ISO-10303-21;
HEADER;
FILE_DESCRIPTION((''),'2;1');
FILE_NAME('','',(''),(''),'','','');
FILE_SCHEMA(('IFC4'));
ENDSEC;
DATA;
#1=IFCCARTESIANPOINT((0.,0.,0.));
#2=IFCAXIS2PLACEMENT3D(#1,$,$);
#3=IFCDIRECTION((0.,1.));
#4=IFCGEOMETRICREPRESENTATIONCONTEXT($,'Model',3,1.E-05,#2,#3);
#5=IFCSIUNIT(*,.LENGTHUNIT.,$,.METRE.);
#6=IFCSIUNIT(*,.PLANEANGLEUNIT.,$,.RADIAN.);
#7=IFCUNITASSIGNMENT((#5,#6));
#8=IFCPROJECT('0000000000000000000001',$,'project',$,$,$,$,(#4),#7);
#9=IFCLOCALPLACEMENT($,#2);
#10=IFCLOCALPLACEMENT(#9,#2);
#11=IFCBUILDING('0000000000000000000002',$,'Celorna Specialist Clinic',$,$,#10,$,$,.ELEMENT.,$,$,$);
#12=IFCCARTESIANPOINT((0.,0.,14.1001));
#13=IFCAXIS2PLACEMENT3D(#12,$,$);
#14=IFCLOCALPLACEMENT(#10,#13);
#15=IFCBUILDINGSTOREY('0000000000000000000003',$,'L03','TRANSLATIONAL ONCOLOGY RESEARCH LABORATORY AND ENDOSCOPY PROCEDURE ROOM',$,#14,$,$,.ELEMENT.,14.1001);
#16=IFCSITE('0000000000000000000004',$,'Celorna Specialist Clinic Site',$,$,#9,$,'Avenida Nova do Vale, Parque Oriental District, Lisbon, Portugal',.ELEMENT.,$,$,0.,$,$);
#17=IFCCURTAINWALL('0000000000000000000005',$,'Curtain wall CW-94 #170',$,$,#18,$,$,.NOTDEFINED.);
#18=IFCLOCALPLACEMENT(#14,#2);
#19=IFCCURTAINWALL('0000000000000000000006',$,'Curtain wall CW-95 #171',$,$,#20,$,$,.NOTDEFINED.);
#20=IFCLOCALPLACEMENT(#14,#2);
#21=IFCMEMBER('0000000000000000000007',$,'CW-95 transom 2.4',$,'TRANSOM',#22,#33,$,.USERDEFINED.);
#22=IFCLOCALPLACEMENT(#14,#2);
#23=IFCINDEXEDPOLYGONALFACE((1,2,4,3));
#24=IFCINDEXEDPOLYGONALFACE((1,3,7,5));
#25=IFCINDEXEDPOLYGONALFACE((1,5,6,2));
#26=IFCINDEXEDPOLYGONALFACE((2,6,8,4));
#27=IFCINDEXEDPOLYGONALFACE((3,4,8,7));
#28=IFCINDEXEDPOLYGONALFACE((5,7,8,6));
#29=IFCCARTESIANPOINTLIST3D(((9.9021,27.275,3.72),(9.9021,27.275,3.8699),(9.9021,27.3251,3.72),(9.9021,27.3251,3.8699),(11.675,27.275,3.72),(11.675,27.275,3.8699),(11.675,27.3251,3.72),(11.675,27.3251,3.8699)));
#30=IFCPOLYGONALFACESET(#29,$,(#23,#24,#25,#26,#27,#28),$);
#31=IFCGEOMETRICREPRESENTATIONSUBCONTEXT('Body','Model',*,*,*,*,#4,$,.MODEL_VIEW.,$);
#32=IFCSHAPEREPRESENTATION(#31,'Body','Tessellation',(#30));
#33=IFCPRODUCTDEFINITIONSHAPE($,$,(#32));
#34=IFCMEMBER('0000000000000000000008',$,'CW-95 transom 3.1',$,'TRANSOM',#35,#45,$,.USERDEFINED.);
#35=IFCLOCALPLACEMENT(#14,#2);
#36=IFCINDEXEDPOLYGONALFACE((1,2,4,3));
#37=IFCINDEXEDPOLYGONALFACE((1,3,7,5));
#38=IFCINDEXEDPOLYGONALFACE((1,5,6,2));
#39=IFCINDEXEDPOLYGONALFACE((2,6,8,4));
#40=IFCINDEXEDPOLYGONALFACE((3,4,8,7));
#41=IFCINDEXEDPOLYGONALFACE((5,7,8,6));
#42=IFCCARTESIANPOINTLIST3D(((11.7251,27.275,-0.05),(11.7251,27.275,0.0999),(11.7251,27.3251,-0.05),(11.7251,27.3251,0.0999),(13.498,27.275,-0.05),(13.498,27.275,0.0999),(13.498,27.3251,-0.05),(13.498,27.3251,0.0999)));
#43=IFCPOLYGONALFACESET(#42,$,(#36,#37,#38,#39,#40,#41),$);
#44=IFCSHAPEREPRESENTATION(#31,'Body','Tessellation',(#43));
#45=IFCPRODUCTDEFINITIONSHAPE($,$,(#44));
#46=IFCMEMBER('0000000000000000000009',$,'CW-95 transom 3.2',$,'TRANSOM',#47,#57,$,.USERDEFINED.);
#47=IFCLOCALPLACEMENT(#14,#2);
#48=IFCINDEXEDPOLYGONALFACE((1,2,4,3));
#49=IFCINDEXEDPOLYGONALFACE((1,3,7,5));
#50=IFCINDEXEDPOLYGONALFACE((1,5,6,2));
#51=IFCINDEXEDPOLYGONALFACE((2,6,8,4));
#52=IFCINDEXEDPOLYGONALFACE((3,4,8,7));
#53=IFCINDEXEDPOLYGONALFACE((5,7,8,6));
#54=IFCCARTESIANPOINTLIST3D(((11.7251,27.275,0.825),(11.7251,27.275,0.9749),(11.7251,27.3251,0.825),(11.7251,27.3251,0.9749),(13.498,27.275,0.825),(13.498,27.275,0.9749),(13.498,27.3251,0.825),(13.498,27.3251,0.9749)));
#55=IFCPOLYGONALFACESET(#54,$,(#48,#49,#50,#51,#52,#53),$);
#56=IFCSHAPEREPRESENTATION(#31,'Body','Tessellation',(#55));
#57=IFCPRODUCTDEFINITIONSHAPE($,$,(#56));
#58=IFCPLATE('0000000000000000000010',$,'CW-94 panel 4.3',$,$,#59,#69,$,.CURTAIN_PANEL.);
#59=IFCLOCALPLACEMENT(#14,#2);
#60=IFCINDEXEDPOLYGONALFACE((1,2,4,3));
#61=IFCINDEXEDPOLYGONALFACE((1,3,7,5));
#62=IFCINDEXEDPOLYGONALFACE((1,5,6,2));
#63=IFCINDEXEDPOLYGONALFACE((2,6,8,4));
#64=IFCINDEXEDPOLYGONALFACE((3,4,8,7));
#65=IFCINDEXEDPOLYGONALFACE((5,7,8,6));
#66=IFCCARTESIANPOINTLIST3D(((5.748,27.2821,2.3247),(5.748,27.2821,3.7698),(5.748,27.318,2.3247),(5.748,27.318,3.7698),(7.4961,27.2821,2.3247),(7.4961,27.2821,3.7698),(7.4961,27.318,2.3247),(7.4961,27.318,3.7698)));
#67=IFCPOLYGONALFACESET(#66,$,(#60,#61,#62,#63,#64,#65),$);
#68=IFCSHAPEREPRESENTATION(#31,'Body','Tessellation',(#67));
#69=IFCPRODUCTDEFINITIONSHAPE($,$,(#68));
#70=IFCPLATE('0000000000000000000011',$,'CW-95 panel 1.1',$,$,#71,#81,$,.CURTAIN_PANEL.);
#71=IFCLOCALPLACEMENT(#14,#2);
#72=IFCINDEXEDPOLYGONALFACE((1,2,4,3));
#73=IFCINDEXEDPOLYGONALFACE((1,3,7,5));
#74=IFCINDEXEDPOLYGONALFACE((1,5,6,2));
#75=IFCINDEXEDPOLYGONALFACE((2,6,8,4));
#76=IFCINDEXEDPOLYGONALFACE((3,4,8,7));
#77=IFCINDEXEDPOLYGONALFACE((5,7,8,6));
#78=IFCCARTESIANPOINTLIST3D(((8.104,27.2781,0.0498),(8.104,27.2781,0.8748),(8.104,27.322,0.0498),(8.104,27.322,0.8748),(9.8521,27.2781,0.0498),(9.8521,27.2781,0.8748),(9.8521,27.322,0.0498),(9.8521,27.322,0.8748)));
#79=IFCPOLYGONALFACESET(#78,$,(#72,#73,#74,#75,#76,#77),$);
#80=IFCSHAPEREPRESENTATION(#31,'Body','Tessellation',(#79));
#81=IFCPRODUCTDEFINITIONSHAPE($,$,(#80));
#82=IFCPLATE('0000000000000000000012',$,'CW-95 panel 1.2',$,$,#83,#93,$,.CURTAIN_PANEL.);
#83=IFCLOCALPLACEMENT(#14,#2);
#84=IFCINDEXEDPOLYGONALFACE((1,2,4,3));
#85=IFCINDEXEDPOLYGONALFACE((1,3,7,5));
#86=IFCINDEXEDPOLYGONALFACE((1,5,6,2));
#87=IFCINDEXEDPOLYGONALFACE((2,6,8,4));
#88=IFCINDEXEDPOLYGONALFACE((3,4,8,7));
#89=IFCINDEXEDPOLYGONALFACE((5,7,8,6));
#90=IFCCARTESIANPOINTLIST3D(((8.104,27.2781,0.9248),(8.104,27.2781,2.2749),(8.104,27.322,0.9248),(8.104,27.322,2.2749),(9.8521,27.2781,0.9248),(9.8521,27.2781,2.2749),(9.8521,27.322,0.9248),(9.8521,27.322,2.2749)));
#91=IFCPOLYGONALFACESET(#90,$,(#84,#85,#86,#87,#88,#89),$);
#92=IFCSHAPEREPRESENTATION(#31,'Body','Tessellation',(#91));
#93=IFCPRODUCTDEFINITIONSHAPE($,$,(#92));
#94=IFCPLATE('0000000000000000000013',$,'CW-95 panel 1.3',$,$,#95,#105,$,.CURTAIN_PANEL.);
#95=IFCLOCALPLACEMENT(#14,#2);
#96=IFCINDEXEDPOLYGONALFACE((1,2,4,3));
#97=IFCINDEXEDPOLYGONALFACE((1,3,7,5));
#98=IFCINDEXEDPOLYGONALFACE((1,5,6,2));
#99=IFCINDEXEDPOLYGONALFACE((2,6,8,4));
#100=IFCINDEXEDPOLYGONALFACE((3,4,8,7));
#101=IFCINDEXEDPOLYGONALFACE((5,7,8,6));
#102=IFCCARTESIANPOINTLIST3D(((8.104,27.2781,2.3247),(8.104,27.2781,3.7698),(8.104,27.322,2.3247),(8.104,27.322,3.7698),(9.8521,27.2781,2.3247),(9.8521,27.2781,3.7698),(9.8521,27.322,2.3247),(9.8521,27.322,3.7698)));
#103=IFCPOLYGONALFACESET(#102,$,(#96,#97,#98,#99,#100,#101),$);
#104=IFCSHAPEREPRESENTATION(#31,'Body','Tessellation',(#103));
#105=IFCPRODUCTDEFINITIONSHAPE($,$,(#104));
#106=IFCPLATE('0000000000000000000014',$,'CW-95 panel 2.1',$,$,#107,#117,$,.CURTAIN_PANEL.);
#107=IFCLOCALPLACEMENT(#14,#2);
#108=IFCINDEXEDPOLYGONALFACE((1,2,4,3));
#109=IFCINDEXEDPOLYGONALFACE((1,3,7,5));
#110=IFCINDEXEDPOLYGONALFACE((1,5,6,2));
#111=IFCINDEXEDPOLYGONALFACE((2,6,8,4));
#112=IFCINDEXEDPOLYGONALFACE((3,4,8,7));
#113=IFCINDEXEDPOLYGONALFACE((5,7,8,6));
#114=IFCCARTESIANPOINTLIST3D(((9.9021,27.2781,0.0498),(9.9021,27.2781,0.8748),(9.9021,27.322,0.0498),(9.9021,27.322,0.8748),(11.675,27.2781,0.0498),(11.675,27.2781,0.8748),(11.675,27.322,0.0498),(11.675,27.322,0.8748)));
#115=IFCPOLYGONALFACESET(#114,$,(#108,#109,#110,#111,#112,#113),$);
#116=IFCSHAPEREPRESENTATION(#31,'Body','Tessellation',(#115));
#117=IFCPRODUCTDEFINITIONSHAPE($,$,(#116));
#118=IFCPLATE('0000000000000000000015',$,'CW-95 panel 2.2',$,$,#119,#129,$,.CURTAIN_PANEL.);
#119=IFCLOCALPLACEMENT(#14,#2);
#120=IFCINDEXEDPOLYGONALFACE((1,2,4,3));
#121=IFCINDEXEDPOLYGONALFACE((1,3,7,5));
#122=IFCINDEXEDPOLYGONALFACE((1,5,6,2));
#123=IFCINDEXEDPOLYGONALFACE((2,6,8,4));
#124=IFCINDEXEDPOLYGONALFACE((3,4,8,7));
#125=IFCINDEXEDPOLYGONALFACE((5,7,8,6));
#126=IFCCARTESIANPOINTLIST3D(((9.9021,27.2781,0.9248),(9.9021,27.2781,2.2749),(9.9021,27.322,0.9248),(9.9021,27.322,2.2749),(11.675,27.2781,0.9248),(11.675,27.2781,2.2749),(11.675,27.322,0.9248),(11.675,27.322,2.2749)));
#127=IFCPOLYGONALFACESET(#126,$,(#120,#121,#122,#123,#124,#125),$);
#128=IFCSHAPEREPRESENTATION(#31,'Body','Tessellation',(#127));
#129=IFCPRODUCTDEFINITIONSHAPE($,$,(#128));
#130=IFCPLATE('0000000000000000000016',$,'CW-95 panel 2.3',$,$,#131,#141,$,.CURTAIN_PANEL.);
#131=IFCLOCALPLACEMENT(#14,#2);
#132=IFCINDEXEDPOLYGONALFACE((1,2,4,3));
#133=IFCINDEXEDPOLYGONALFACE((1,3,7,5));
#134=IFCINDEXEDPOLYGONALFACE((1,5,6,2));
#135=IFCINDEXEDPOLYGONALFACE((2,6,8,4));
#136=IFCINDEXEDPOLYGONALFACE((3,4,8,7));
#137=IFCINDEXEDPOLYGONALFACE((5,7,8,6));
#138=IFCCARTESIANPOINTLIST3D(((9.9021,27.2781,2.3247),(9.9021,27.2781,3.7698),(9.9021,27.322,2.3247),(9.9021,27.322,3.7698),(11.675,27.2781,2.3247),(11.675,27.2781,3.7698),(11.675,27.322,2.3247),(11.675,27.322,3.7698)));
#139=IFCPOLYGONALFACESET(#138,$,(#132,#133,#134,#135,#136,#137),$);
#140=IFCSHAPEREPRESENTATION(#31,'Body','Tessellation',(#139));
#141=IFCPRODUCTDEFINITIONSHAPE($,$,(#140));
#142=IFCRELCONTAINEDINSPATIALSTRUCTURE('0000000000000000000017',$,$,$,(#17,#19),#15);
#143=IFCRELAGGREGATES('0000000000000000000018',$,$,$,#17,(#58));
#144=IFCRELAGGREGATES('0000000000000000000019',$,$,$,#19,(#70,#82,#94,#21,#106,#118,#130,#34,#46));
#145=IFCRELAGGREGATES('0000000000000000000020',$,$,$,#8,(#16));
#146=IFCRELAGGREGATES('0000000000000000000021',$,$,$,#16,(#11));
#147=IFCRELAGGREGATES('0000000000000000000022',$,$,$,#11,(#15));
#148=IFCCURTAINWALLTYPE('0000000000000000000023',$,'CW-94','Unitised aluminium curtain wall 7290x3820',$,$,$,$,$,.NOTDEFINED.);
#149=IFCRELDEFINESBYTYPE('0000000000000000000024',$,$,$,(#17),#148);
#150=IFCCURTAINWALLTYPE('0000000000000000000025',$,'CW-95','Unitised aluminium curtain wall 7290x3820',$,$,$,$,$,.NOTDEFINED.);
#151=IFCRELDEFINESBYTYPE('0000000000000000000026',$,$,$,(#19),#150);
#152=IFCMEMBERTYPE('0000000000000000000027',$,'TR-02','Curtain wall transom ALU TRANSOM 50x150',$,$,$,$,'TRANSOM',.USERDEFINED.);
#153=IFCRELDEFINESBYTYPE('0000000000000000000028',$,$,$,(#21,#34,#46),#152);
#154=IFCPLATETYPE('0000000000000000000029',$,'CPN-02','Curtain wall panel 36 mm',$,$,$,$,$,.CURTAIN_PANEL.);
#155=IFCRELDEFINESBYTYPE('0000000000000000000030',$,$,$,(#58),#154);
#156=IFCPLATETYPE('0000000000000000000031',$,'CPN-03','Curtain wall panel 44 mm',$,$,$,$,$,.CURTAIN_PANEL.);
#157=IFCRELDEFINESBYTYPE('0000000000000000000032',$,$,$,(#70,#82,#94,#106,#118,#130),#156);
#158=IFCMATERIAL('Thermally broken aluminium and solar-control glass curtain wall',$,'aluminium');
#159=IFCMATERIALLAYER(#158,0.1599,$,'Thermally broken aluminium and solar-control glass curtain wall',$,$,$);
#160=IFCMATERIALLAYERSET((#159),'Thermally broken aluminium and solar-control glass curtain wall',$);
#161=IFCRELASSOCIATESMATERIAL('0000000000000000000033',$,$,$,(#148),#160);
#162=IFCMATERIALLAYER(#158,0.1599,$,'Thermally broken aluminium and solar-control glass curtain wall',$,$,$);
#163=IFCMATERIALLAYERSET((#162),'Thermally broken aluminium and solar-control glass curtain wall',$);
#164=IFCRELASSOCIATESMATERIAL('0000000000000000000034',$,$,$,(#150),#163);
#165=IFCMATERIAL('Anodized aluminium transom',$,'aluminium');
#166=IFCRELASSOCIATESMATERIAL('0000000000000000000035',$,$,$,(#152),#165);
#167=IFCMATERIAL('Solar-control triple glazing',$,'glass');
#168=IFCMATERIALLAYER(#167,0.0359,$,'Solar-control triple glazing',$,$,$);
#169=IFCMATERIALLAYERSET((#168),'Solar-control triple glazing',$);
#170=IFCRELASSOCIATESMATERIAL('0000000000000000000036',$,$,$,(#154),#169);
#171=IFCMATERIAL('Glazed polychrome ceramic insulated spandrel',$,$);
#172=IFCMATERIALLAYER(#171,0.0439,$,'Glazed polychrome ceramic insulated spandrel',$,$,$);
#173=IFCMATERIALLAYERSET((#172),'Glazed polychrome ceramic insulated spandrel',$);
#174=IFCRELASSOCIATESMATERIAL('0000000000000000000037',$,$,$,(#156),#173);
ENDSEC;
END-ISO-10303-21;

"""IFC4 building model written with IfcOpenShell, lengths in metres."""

from ifc_helpers import new_model, si_unit, direction, frame, origin, origin_2d, place, context, subcontext, project, spatial, rectangle, extrude, material, layer, layer_set, material_profile, profile_set, type_object, element, aggregate, save


model = new_model("IFC4")

# Units and contexts
model_context = context("Model", 3, precision=1e-05, world=origin(), true_north=direction((0.0, 1.0)))
body_context = subcontext(model_context, "Body", "Model", "MODEL_VIEW")
ifc_project = project(units=[si_unit("LENGTHUNIT", "METRE"), si_unit("PLANEANGLEUNIT", "RADIAN")], contexts=[model_context])

# Site, building, storey
site_placement = place(None, origin())
site = spatial("IfcSite", under=ifc_project, at=site_placement, Name="Celorna Specialist Clinic Site", LongName="Avenida Nova do Vale, Parque Oriental District, Lisbon, Portugal", CompositionType="ELEMENT", RefElevation=0.0)
building_placement = place(site_placement, origin())
building = spatial("IfcBuilding", under=site, at=building_placement, Name="Celorna Specialist Clinic", CompositionType="ELEMENT")
storey_placement = place(building_placement, frame((0.0, 0.0, 14.1001)))
storey = spatial("IfcBuildingStorey", under=building, at=storey_placement, Name="L03", Description="TRANSLATIONAL ONCOLOGY RESEARCH LABORATORY AND ENDOSCOPY PROCEDURE ROOM", CompositionType="ELEMENT", Elevation=14.1001)

# Curtain wall
ifc_material_1 = material(Name="Thermally broken aluminium and solar-control glass curtain wall", Category="aluminium")
ifc_layer_1 = layer(ifc_material_1, 0.1599, Name="Thermally broken aluminium and solar-control glass curtain wall")
ifc_layer_set_1 = layer_set([ifc_layer_1], Name="Thermally broken aluminium and solar-control glass curtain wall")
curtain_wall_type_1 = type_object("IfcCurtainWallType", Name="CW-94", Description="Unitised aluminium curtain wall 7290x3820", PredefinedType="NOTDEFINED", material=ifc_layer_set_1)
curtain_wall_1_placement = place(storey_placement, origin())
curtain_wall_1 = element("IfcCurtainWall", 1, at=curtain_wall_1_placement, inside=storey, type_object=curtain_wall_type_1, Name="Curtain wall CW-94 #170", PredefinedType="NOTDEFINED")

# Curtain wall, members
ifc_layer_2 = layer(ifc_material_1, 0.1599, Name="Thermally broken aluminium and solar-control glass curtain wall")
ifc_layer_set_2 = layer_set([ifc_layer_2], Name="Thermally broken aluminium and solar-control glass curtain wall")
curtain_wall_type_2 = type_object("IfcCurtainWallType", Name="CW-95", Description="Unitised aluminium curtain wall 7290x3820", PredefinedType="NOTDEFINED", material=ifc_layer_set_2)
curtain_wall_2_placement = place(storey_placement, origin())
curtain_wall_2 = element("IfcCurtainWall", 2, at=curtain_wall_2_placement, inside=storey, type_object=curtain_wall_type_2, Name="Curtain wall CW-95 #171", PredefinedType="NOTDEFINED")
ifc_material_2 = material(Name="Anodized aluminium transom", Category="aluminium")
ifc_material_profile_1 = material_profile(ifc_material_2, rectangle(XDim=0.05, YDim=0.1499, at=origin_2d()), Name="ALU TRANSOM 50x150")
ifc_profile_set_1 = profile_set([ifc_material_profile_1], Name="Anodized aluminium transom")
member_type_1 = type_object("IfcMemberType", Name="TR-02", Description="Curtain wall transom ALU TRANSOM 50x150", ElementType="TRANSOM", PredefinedType="USERDEFINED", material=ifc_profile_set_1)
member_1_placement = place(storey_placement, frame((9.9021, 27.3, 3.7949), z_axis=(1.0, 0.0, 0.0), x_axis=(0.0, 1.0, 0.0)))
member_1 = element("IfcMember", 3, at=member_1_placement, type_object=member_type_1, Name="CW-95 transom 2.4", ObjectType="TRANSOM", PredefinedType="USERDEFINED", context=body_context, shape_type="SweptSolid", body=[
    extrude(rectangle(XDim=0.05, YDim=0.1499, at=origin_2d()), origin(), (0.0, 0.0, 1.0), 1.7729),
])
member_2_placement = place(storey_placement, frame((11.7251, 27.3, 0.0249), z_axis=(1.0, 0.0, 0.0), x_axis=(0.0, 1.0, 0.0)))
member_2 = element("IfcMember", 4, at=member_2_placement, type_object=member_type_1, Name="CW-95 transom 3.1", ObjectType="TRANSOM", PredefinedType="USERDEFINED", context=body_context, shape_type="SweptSolid", body=[
    extrude(rectangle(XDim=0.05, YDim=0.1499, at=origin_2d()), origin(), (0.0, 0.0, 1.0), 1.7729),
])
member_3_placement = place(storey_placement, frame((11.7251, 27.3, 0.8999), z_axis=(1.0, 0.0, 0.0), x_axis=(0.0, 1.0, 0.0)))
member_3 = element("IfcMember", 5, at=member_3_placement, type_object=member_type_1, Name="CW-95 transom 3.2", ObjectType="TRANSOM", PredefinedType="USERDEFINED", context=body_context, shape_type="SweptSolid", body=[
    extrude(rectangle(XDim=0.05, YDim=0.1499, at=origin_2d()), origin(), (0.0, 0.0, 1.0), 1.7729),
])

# Plates
ifc_material_3 = material(Name="Solar-control triple glazing", Category="glass")
ifc_layer_3 = layer(ifc_material_3, 0.0359, Name="Solar-control triple glazing")
ifc_layer_set_3 = layer_set([ifc_layer_3], Name="Solar-control triple glazing")
plate_type_1 = type_object("IfcPlateType", Name="CPN-02", Description="Curtain wall panel 36 mm", PredefinedType="CURTAIN_PANEL", material=ifc_layer_set_3)
plate_1_placement = place(storey_placement, frame((6.6221, 27.3, 2.3247), z_axis=(0.0, 0.0, 1.0), x_axis=(1.0, 0.0, 0.0)))
plate_1 = element("IfcPlate", 6, at=plate_1_placement, type_object=plate_type_1, Name="CW-94 panel 4.3", PredefinedType="CURTAIN_PANEL", context=body_context, shape_type="SweptSolid", body=[
    extrude(rectangle(XDim=1.748, YDim=0.0359, at=origin_2d()), origin(), (0.0, 0.0, 1.0), 1.4451),
])
aggregate(curtain_wall_1, [plate_1])
ifc_material_4 = material(Name="Glazed polychrome ceramic insulated spandrel")
ifc_layer_4 = layer(ifc_material_4, 0.0439, Name="Glazed polychrome ceramic insulated spandrel")
ifc_layer_set_4 = layer_set([ifc_layer_4], Name="Glazed polychrome ceramic insulated spandrel")
plate_type_2 = type_object("IfcPlateType", Name="CPN-03", Description="Curtain wall panel 44 mm", PredefinedType="CURTAIN_PANEL", material=ifc_layer_set_4)
plate_2_placement = place(storey_placement, frame((8.978, 27.3, 0.0498), z_axis=(0.0, 0.0, 1.0), x_axis=(1.0, 0.0, 0.0)))
plate_2 = element("IfcPlate", 7, at=plate_2_placement, type_object=plate_type_2, Name="CW-95 panel 1.1", PredefinedType="CURTAIN_PANEL", context=body_context, shape_type="SweptSolid", body=[
    extrude(rectangle(XDim=1.748, YDim=0.0439, at=origin_2d()), origin(), (0.0, 0.0, 1.0), 0.825),
])
plate_3_placement = place(storey_placement, frame((8.978, 27.3, 0.9248), z_axis=(0.0, 0.0, 1.0), x_axis=(1.0, 0.0, 0.0)))
plate_3 = element("IfcPlate", 8, at=plate_3_placement, type_object=plate_type_2, Name="CW-95 panel 1.2", PredefinedType="CURTAIN_PANEL", context=body_context, shape_type="SweptSolid", body=[
    extrude(rectangle(XDim=1.748, YDim=0.0439, at=origin_2d()), origin(), (0.0, 0.0, 1.0), 1.3501),
])
plate_4_placement = place(storey_placement, frame((8.978, 27.3, 2.3247), z_axis=(0.0, 0.0, 1.0), x_axis=(1.0, 0.0, 0.0)))
plate_4 = element("IfcPlate", 9, at=plate_4_placement, type_object=plate_type_2, Name="CW-95 panel 1.3", PredefinedType="CURTAIN_PANEL", context=body_context, shape_type="SweptSolid", body=[
    extrude(rectangle(XDim=1.748, YDim=0.0439, at=origin_2d()), origin(), (0.0, 0.0, 1.0), 1.4451),
])
plate_5_placement = place(storey_placement, frame((10.7886, 27.3, 0.0498), z_axis=(0.0, 0.0, 1.0), x_axis=(1.0, 0.0, 0.0)))
plate_5 = element("IfcPlate", 10, at=plate_5_placement, type_object=plate_type_2, Name="CW-95 panel 2.1", PredefinedType="CURTAIN_PANEL", context=body_context, shape_type="SweptSolid", body=[
    extrude(rectangle(XDim=1.7729, YDim=0.0439, at=origin_2d()), origin(), (0.0, 0.0, 1.0), 0.825),
])
plate_6_placement = place(storey_placement, frame((10.7886, 27.3, 0.9248), z_axis=(0.0, 0.0, 1.0), x_axis=(1.0, 0.0, 0.0)))
plate_6 = element("IfcPlate", 11, at=plate_6_placement, type_object=plate_type_2, Name="CW-95 panel 2.2", PredefinedType="CURTAIN_PANEL", context=body_context, shape_type="SweptSolid", body=[
    extrude(rectangle(XDim=1.7729, YDim=0.0439, at=origin_2d()), origin(), (0.0, 0.0, 1.0), 1.3501),
])
plate_7_placement = place(storey_placement, frame((10.7886, 27.3, 2.3247), z_axis=(0.0, 0.0, 1.0), x_axis=(1.0, 0.0, 0.0)))
plate_7 = element("IfcPlate", 12, at=plate_7_placement, type_object=plate_type_2, Name="CW-95 panel 2.3", PredefinedType="CURTAIN_PANEL", context=body_context, shape_type="SweptSolid", body=[
    extrude(rectangle(XDim=1.7729, YDim=0.0439, at=origin_2d()), origin(), (0.0, 0.0, 1.0), 1.4451),
])
aggregate(curtain_wall_2, [plate_2, plate_3, plate_4, member_1, plate_5, plate_6, plate_7, member_2, member_3])

save(model, "model.ifc")
